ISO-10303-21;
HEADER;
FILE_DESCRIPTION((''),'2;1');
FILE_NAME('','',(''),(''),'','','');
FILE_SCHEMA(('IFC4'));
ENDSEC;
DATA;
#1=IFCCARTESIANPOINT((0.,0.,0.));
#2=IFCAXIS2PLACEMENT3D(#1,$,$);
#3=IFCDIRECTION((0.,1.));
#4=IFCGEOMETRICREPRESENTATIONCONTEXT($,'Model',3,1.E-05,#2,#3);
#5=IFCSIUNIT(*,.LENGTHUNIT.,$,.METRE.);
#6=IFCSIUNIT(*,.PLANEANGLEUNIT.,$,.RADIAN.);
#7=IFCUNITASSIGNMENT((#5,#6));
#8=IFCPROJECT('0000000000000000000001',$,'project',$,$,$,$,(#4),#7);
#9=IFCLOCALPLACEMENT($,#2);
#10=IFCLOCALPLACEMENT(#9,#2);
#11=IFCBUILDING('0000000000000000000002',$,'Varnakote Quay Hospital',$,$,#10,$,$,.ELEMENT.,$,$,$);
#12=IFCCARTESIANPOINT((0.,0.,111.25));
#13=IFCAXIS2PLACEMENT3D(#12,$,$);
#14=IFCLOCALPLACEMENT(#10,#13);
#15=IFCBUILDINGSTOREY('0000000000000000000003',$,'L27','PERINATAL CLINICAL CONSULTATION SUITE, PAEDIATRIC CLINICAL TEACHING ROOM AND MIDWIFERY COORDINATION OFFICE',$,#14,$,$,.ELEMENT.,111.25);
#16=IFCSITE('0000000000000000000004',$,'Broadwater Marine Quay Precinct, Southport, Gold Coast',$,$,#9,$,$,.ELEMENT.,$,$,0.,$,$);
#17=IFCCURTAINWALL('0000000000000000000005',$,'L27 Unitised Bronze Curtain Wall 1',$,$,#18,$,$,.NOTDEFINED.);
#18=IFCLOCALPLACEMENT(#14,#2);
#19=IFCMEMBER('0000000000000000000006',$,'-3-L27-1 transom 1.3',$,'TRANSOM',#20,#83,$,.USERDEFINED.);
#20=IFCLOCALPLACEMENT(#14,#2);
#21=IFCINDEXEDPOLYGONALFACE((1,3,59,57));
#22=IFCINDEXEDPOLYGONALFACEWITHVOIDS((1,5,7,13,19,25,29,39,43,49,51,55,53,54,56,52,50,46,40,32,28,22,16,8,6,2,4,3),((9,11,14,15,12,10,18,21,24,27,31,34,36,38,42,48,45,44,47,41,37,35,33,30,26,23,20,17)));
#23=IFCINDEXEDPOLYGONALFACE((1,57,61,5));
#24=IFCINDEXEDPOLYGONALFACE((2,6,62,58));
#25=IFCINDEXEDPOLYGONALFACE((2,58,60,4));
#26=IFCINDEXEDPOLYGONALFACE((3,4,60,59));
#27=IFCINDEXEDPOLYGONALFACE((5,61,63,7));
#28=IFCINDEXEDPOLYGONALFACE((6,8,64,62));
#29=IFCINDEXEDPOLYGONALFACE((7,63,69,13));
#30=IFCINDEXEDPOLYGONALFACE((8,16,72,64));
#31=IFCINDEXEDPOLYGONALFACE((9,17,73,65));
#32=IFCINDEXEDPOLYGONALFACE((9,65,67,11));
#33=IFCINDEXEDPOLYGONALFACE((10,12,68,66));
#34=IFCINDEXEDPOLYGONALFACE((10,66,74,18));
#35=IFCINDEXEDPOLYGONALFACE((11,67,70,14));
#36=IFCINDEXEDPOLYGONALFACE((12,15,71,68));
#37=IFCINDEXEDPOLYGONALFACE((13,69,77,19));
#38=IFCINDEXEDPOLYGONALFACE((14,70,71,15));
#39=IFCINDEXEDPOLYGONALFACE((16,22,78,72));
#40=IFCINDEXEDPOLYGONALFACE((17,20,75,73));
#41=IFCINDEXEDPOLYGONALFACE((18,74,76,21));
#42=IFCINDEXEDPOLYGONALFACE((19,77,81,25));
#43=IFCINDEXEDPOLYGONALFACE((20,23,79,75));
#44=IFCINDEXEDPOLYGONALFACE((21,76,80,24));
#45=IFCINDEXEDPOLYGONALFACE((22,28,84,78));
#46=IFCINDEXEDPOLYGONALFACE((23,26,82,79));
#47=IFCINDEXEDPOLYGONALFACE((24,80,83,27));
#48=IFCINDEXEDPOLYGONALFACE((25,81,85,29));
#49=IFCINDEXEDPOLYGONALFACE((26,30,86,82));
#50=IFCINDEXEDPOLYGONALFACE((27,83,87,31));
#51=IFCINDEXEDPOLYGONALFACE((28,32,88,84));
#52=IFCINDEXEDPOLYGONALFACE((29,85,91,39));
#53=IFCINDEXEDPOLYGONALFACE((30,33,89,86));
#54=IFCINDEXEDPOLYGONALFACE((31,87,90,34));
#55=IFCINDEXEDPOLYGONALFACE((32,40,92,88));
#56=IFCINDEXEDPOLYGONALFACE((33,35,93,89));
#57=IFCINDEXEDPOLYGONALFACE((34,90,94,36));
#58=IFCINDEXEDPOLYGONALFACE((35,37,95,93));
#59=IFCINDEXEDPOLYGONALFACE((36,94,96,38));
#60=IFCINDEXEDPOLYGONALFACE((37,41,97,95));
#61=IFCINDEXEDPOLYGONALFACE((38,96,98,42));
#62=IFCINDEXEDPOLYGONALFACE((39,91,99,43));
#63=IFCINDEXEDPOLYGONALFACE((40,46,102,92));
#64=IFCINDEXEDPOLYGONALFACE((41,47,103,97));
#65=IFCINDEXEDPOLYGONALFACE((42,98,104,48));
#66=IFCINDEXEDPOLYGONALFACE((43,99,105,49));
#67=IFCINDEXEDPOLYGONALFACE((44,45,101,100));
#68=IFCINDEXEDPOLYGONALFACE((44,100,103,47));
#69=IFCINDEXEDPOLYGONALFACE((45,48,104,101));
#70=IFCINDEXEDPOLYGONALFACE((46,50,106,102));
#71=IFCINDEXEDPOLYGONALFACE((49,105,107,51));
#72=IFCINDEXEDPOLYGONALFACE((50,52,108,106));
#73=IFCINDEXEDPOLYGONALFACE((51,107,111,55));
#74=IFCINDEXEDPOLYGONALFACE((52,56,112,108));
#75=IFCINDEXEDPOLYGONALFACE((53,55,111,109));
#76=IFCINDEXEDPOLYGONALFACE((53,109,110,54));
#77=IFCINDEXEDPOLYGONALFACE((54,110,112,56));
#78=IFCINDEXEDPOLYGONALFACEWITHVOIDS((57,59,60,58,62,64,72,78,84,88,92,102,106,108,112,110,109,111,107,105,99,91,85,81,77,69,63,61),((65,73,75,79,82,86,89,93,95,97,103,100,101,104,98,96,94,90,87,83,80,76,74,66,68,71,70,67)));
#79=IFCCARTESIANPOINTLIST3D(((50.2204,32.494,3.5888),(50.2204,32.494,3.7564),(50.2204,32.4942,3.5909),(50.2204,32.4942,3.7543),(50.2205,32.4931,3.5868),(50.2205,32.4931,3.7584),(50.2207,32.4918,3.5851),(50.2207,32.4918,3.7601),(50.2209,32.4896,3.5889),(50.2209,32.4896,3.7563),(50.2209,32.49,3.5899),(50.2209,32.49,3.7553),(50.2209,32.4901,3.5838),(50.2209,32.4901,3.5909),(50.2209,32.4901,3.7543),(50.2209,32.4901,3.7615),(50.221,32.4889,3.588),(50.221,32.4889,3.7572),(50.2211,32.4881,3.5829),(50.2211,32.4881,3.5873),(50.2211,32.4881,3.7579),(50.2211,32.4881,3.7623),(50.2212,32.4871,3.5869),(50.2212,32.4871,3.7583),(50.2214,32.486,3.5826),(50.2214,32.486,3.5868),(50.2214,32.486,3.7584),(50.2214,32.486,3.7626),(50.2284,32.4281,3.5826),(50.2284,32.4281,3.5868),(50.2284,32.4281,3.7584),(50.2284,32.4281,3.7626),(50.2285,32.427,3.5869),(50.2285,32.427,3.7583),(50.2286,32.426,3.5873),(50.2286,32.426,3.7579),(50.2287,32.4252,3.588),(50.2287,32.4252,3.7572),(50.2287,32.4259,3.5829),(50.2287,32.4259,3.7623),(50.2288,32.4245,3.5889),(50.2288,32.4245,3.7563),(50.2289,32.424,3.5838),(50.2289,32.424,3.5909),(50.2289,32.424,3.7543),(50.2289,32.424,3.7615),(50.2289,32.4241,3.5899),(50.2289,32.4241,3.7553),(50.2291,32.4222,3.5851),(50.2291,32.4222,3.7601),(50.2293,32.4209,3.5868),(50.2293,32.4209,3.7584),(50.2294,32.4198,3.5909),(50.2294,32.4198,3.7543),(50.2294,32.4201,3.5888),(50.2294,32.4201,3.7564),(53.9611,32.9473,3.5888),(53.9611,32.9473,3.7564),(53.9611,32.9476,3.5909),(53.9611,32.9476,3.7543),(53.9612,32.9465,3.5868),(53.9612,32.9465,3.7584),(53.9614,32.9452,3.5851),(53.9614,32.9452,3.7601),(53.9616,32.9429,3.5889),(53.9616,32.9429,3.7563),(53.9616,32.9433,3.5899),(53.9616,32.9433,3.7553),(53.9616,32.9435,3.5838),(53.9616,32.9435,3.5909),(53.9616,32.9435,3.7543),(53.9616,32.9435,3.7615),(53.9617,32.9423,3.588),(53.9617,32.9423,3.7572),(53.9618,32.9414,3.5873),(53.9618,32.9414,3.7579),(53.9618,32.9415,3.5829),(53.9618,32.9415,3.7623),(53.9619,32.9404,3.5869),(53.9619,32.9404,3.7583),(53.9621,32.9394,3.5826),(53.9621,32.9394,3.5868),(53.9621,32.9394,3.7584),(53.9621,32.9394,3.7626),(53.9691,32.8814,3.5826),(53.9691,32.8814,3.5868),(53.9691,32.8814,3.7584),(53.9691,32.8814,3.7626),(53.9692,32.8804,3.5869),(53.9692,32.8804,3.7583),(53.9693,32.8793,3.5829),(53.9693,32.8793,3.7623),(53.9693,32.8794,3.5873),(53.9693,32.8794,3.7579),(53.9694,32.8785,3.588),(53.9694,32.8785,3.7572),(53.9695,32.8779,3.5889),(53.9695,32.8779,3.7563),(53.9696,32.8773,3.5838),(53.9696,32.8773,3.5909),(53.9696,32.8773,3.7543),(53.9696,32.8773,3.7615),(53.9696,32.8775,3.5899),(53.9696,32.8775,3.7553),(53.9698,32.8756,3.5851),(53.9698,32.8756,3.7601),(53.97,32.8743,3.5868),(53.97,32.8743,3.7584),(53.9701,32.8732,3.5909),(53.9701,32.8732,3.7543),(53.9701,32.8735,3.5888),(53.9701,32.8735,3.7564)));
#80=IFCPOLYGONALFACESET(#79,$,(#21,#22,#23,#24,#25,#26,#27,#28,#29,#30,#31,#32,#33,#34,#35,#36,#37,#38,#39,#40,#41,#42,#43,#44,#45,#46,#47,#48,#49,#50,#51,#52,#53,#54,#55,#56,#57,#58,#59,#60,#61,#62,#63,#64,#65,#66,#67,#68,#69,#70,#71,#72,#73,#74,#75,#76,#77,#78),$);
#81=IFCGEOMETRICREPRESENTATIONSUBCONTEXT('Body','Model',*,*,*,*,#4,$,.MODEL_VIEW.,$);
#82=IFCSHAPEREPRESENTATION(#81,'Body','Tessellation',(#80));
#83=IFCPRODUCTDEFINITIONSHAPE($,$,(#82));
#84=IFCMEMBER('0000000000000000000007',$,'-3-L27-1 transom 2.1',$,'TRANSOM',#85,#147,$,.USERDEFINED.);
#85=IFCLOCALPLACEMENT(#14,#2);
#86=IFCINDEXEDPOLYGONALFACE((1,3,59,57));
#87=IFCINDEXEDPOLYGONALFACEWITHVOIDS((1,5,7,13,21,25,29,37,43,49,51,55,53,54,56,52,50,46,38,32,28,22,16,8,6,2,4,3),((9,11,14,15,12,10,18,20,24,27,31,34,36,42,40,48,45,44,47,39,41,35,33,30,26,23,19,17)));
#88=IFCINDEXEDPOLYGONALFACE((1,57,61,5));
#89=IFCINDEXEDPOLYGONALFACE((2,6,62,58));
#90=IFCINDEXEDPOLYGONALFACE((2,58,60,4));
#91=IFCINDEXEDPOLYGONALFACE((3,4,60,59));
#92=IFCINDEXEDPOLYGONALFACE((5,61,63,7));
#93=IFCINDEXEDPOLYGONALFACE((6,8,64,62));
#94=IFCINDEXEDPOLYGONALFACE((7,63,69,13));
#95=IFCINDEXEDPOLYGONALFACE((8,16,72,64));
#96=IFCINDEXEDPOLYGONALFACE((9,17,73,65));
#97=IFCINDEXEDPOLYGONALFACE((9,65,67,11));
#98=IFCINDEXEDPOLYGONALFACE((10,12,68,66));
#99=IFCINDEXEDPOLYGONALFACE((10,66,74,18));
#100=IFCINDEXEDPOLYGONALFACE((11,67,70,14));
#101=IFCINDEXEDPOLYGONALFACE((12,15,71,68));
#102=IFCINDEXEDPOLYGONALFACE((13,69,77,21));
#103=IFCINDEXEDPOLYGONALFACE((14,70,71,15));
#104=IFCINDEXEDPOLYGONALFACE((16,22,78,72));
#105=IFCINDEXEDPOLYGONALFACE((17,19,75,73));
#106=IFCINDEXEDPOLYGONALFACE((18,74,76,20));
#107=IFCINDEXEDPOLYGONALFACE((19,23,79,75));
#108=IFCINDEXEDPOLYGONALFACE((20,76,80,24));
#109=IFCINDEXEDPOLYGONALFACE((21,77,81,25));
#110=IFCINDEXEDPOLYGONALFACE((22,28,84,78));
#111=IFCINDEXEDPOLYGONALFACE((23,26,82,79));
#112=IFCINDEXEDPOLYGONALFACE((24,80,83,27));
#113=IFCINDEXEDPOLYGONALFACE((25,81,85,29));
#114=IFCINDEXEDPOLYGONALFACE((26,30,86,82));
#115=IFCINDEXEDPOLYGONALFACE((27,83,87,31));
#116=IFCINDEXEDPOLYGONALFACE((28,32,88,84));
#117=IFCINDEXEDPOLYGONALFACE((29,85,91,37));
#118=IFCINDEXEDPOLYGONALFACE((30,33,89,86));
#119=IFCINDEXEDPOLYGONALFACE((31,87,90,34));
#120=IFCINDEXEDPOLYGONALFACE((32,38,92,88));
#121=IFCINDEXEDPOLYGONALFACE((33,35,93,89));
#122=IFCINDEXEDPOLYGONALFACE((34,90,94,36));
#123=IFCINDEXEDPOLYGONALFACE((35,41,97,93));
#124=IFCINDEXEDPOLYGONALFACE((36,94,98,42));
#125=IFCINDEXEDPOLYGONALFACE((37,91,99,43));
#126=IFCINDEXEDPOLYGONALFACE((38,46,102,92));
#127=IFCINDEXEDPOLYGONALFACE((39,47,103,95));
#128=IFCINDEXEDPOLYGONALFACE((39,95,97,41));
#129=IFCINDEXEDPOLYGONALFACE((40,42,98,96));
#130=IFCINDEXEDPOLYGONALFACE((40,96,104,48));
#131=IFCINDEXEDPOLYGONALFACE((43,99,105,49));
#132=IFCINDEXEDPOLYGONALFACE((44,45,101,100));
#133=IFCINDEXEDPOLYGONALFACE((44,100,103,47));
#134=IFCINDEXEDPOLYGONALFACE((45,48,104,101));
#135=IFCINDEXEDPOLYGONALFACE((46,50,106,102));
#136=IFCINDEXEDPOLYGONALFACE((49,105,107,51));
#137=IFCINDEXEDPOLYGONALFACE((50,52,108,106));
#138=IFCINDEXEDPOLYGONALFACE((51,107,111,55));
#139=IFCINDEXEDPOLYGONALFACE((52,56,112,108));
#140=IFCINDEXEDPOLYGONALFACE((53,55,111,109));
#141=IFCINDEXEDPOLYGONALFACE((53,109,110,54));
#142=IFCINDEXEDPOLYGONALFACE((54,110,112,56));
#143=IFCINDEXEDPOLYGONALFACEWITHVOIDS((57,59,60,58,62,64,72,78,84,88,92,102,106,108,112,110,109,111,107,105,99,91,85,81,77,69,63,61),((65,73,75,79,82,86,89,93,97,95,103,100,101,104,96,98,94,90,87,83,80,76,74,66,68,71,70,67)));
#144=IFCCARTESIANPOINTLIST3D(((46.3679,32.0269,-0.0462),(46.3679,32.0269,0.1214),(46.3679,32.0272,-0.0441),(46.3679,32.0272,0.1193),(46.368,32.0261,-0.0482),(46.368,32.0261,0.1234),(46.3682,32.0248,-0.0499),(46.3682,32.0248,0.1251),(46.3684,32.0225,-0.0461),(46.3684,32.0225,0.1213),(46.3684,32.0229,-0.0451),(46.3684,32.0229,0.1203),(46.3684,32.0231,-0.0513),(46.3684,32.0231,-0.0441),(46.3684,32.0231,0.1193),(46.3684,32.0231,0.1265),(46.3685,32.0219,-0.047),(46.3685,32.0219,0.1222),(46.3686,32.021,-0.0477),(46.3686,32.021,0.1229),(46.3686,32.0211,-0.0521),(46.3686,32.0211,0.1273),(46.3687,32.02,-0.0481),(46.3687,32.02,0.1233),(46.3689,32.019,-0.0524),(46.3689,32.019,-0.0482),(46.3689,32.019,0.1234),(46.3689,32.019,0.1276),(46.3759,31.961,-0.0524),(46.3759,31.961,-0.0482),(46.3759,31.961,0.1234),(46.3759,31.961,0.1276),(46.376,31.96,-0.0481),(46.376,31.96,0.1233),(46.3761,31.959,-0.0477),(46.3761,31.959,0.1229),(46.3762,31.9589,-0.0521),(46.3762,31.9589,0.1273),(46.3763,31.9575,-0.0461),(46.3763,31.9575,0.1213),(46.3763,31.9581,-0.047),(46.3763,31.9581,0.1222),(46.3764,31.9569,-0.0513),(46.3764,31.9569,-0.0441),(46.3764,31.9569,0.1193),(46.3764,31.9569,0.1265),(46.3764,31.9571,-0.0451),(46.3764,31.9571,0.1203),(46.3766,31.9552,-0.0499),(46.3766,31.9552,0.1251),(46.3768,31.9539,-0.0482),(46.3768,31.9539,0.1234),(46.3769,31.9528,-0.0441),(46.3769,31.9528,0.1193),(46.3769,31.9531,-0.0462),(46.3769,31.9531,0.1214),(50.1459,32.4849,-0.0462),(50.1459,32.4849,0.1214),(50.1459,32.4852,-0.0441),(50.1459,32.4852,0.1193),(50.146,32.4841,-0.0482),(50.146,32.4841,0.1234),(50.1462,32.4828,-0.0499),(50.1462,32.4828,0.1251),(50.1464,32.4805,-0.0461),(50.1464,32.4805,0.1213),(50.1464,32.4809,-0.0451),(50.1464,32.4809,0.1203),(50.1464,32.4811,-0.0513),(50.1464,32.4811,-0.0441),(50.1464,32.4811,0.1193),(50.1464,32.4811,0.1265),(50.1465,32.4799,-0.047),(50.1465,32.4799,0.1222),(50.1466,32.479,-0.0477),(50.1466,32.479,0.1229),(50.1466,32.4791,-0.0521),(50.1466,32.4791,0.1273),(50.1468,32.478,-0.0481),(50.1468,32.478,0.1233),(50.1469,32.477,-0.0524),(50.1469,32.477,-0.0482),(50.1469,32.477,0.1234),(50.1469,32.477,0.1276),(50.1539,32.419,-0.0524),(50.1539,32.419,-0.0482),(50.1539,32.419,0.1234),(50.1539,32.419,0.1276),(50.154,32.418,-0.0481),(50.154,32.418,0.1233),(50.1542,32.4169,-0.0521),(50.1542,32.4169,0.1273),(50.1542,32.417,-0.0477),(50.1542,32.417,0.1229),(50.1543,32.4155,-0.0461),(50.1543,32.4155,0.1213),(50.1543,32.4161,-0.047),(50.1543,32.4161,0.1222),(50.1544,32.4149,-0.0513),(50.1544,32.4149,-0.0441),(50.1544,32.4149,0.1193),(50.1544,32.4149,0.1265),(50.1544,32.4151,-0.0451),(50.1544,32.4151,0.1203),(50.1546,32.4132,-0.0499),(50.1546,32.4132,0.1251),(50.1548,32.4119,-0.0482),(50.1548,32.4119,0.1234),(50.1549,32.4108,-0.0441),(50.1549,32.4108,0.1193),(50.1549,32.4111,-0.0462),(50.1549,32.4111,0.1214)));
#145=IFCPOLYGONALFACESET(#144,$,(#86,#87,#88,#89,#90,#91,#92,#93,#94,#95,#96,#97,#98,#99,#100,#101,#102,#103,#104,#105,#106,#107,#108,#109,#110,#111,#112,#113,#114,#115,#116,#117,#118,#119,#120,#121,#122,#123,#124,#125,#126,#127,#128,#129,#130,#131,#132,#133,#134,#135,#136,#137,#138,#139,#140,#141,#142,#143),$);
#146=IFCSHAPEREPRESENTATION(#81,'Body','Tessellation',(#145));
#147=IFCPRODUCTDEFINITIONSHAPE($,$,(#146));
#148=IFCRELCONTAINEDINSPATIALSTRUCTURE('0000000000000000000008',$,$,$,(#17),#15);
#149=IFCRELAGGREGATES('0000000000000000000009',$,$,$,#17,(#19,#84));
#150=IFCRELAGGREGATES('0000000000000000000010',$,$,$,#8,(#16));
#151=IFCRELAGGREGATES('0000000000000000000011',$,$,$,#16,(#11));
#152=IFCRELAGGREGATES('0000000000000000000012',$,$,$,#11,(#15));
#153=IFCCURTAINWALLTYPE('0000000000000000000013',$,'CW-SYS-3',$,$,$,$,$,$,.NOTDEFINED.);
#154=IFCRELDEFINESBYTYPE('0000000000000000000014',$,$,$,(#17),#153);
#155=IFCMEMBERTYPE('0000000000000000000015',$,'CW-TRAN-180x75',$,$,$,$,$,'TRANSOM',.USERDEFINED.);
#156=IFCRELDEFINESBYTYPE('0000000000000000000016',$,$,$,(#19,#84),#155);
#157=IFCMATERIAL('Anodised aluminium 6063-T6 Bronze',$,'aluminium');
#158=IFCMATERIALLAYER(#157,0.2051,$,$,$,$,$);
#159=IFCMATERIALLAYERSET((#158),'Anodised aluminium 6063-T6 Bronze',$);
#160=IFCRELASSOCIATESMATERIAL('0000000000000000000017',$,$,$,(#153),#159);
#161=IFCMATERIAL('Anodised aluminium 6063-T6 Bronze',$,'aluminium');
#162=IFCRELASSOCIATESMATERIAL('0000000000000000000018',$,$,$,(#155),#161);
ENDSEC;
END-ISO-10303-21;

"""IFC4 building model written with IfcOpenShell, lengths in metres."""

from ifc_helpers import new_model, si_unit, direction, frame, origin, origin_2d, place, context, subcontext, project, spatial, hollow_rectangle, extrude, material, layer, layer_set, material_profile, profile_set, type_object, element, aggregate, save


model = new_model("IFC4")

# Units and contexts
model_context = context("Model", 3, precision=1e-05, world=origin(), true_north=direction((0.0, 1.0)))
body_context = subcontext(model_context, "Body", "Model", "MODEL_VIEW")
ifc_project = project(units=[si_unit("LENGTHUNIT", "METRE"), si_unit("PLANEANGLEUNIT", "RADIAN")], contexts=[model_context])

# Site, building, storey
site_placement = place(None, origin())
site = spatial("IfcSite", under=ifc_project, at=site_placement, Name="Broadwater Marine Quay Precinct, Southport, Gold Coast", CompositionType="ELEMENT", RefElevation=0.0)
building_placement = place(site_placement, origin())
building = spatial("IfcBuilding", under=site, at=building_placement, Name="Varnakote Quay Hospital", CompositionType="ELEMENT")
storey_placement = place(building_placement, frame((0.0, 0.0, 111.25)))
storey = spatial("IfcBuildingStorey", under=building, at=storey_placement, Name="L27", Description="PERINATAL CLINICAL CONSULTATION SUITE, PAEDIATRIC CLINICAL TEACHING ROOM AND MIDWIFERY COORDINATION OFFICE", CompositionType="ELEMENT", Elevation=111.25)

# Curtain wall, members
ifc_material_1 = material(Name="Anodised aluminium 6063-T6 Bronze", Category="aluminium")
ifc_layer_1 = layer(ifc_material_1, 0.2051)
ifc_layer_set_1 = layer_set([ifc_layer_1], Name="Anodised aluminium 6063-T6 Bronze")
curtain_wall_type = type_object("IfcCurtainWallType", Name="CW-SYS-3", PredefinedType="NOTDEFINED", material=ifc_layer_set_1)
curtain_wall_placement = place(storey_placement, origin())
curtain_wall = element("IfcCurtainWall", 1, at=curtain_wall_placement, inside=storey, type_object=curtain_wall_type, Name="L27 Unitised Bronze Curtain Wall 1", PredefinedType="NOTDEFINED")
ifc_material_2 = material(Name="Anodised aluminium 6063-T6 Bronze", Category="aluminium")
ifc_material_profile_1 = material_profile(ifc_material_2, hollow_rectangle(XDim=0.075, YDim=0.1799, WallThickness=0.0042, InnerFilletRadius=0.0042, OuterFilletRadius=0.0083, at=origin_2d()), Name="CW-TRAN-180x75")
ifc_profile_set_1 = profile_set([ifc_material_profile_1], Name="Anodised aluminium 6063-T6 Bronze")
member_type_1 = type_object("IfcMemberType", Name="CW-TRAN-180x75", ElementType="TRANSOM", PredefinedType="USERDEFINED", material=ifc_profile_set_1)
member_1_placement = place(storey_placement, frame((53.9656, 32.9104, 3.6726), z_axis=(-0.992735, -0.120318, 0.0), x_axis=(0.120318, -0.992735, 0.0)))
member_1 = element("IfcMember", 2, at=member_1_placement, type_object=member_type_1, Name="-3-L27-1 transom 1.3", ObjectType="TRANSOM", PredefinedType="USERDEFINED", context=body_context, shape_type="SweptSolid", body=[
    extrude(hollow_rectangle(XDim=0.075, YDim=0.1799, WallThickness=0.0042, InnerFilletRadius=0.0042, OuterFilletRadius=0.0083, at=origin_2d()), origin(), (0.0, 0.0, 1.0), 3.7681),
])
member_2_placement = place(storey_placement, frame((50.1504, 32.448, 0.0376), z_axis=(-0.992732, -0.120347, 0.0), x_axis=(0.120347, -0.992732, 0.0)))
member_2 = element("IfcMember", 3, at=member_2_placement, type_object=member_type_1, Name="-3-L27-1 transom 2.1", ObjectType="TRANSOM", PredefinedType="USERDEFINED", context=body_context, shape_type="SweptSolid", body=[
    extrude(hollow_rectangle(XDim=0.075, YDim=0.1799, WallThickness=0.0042, InnerFilletRadius=0.0042, OuterFilletRadius=0.0083, at=origin_2d()), origin(), (0.0, 0.0, 1.0), 3.8057),
])
aggregate(curtain_wall, [member_1, member_2])

save(model, "model.ifc")
